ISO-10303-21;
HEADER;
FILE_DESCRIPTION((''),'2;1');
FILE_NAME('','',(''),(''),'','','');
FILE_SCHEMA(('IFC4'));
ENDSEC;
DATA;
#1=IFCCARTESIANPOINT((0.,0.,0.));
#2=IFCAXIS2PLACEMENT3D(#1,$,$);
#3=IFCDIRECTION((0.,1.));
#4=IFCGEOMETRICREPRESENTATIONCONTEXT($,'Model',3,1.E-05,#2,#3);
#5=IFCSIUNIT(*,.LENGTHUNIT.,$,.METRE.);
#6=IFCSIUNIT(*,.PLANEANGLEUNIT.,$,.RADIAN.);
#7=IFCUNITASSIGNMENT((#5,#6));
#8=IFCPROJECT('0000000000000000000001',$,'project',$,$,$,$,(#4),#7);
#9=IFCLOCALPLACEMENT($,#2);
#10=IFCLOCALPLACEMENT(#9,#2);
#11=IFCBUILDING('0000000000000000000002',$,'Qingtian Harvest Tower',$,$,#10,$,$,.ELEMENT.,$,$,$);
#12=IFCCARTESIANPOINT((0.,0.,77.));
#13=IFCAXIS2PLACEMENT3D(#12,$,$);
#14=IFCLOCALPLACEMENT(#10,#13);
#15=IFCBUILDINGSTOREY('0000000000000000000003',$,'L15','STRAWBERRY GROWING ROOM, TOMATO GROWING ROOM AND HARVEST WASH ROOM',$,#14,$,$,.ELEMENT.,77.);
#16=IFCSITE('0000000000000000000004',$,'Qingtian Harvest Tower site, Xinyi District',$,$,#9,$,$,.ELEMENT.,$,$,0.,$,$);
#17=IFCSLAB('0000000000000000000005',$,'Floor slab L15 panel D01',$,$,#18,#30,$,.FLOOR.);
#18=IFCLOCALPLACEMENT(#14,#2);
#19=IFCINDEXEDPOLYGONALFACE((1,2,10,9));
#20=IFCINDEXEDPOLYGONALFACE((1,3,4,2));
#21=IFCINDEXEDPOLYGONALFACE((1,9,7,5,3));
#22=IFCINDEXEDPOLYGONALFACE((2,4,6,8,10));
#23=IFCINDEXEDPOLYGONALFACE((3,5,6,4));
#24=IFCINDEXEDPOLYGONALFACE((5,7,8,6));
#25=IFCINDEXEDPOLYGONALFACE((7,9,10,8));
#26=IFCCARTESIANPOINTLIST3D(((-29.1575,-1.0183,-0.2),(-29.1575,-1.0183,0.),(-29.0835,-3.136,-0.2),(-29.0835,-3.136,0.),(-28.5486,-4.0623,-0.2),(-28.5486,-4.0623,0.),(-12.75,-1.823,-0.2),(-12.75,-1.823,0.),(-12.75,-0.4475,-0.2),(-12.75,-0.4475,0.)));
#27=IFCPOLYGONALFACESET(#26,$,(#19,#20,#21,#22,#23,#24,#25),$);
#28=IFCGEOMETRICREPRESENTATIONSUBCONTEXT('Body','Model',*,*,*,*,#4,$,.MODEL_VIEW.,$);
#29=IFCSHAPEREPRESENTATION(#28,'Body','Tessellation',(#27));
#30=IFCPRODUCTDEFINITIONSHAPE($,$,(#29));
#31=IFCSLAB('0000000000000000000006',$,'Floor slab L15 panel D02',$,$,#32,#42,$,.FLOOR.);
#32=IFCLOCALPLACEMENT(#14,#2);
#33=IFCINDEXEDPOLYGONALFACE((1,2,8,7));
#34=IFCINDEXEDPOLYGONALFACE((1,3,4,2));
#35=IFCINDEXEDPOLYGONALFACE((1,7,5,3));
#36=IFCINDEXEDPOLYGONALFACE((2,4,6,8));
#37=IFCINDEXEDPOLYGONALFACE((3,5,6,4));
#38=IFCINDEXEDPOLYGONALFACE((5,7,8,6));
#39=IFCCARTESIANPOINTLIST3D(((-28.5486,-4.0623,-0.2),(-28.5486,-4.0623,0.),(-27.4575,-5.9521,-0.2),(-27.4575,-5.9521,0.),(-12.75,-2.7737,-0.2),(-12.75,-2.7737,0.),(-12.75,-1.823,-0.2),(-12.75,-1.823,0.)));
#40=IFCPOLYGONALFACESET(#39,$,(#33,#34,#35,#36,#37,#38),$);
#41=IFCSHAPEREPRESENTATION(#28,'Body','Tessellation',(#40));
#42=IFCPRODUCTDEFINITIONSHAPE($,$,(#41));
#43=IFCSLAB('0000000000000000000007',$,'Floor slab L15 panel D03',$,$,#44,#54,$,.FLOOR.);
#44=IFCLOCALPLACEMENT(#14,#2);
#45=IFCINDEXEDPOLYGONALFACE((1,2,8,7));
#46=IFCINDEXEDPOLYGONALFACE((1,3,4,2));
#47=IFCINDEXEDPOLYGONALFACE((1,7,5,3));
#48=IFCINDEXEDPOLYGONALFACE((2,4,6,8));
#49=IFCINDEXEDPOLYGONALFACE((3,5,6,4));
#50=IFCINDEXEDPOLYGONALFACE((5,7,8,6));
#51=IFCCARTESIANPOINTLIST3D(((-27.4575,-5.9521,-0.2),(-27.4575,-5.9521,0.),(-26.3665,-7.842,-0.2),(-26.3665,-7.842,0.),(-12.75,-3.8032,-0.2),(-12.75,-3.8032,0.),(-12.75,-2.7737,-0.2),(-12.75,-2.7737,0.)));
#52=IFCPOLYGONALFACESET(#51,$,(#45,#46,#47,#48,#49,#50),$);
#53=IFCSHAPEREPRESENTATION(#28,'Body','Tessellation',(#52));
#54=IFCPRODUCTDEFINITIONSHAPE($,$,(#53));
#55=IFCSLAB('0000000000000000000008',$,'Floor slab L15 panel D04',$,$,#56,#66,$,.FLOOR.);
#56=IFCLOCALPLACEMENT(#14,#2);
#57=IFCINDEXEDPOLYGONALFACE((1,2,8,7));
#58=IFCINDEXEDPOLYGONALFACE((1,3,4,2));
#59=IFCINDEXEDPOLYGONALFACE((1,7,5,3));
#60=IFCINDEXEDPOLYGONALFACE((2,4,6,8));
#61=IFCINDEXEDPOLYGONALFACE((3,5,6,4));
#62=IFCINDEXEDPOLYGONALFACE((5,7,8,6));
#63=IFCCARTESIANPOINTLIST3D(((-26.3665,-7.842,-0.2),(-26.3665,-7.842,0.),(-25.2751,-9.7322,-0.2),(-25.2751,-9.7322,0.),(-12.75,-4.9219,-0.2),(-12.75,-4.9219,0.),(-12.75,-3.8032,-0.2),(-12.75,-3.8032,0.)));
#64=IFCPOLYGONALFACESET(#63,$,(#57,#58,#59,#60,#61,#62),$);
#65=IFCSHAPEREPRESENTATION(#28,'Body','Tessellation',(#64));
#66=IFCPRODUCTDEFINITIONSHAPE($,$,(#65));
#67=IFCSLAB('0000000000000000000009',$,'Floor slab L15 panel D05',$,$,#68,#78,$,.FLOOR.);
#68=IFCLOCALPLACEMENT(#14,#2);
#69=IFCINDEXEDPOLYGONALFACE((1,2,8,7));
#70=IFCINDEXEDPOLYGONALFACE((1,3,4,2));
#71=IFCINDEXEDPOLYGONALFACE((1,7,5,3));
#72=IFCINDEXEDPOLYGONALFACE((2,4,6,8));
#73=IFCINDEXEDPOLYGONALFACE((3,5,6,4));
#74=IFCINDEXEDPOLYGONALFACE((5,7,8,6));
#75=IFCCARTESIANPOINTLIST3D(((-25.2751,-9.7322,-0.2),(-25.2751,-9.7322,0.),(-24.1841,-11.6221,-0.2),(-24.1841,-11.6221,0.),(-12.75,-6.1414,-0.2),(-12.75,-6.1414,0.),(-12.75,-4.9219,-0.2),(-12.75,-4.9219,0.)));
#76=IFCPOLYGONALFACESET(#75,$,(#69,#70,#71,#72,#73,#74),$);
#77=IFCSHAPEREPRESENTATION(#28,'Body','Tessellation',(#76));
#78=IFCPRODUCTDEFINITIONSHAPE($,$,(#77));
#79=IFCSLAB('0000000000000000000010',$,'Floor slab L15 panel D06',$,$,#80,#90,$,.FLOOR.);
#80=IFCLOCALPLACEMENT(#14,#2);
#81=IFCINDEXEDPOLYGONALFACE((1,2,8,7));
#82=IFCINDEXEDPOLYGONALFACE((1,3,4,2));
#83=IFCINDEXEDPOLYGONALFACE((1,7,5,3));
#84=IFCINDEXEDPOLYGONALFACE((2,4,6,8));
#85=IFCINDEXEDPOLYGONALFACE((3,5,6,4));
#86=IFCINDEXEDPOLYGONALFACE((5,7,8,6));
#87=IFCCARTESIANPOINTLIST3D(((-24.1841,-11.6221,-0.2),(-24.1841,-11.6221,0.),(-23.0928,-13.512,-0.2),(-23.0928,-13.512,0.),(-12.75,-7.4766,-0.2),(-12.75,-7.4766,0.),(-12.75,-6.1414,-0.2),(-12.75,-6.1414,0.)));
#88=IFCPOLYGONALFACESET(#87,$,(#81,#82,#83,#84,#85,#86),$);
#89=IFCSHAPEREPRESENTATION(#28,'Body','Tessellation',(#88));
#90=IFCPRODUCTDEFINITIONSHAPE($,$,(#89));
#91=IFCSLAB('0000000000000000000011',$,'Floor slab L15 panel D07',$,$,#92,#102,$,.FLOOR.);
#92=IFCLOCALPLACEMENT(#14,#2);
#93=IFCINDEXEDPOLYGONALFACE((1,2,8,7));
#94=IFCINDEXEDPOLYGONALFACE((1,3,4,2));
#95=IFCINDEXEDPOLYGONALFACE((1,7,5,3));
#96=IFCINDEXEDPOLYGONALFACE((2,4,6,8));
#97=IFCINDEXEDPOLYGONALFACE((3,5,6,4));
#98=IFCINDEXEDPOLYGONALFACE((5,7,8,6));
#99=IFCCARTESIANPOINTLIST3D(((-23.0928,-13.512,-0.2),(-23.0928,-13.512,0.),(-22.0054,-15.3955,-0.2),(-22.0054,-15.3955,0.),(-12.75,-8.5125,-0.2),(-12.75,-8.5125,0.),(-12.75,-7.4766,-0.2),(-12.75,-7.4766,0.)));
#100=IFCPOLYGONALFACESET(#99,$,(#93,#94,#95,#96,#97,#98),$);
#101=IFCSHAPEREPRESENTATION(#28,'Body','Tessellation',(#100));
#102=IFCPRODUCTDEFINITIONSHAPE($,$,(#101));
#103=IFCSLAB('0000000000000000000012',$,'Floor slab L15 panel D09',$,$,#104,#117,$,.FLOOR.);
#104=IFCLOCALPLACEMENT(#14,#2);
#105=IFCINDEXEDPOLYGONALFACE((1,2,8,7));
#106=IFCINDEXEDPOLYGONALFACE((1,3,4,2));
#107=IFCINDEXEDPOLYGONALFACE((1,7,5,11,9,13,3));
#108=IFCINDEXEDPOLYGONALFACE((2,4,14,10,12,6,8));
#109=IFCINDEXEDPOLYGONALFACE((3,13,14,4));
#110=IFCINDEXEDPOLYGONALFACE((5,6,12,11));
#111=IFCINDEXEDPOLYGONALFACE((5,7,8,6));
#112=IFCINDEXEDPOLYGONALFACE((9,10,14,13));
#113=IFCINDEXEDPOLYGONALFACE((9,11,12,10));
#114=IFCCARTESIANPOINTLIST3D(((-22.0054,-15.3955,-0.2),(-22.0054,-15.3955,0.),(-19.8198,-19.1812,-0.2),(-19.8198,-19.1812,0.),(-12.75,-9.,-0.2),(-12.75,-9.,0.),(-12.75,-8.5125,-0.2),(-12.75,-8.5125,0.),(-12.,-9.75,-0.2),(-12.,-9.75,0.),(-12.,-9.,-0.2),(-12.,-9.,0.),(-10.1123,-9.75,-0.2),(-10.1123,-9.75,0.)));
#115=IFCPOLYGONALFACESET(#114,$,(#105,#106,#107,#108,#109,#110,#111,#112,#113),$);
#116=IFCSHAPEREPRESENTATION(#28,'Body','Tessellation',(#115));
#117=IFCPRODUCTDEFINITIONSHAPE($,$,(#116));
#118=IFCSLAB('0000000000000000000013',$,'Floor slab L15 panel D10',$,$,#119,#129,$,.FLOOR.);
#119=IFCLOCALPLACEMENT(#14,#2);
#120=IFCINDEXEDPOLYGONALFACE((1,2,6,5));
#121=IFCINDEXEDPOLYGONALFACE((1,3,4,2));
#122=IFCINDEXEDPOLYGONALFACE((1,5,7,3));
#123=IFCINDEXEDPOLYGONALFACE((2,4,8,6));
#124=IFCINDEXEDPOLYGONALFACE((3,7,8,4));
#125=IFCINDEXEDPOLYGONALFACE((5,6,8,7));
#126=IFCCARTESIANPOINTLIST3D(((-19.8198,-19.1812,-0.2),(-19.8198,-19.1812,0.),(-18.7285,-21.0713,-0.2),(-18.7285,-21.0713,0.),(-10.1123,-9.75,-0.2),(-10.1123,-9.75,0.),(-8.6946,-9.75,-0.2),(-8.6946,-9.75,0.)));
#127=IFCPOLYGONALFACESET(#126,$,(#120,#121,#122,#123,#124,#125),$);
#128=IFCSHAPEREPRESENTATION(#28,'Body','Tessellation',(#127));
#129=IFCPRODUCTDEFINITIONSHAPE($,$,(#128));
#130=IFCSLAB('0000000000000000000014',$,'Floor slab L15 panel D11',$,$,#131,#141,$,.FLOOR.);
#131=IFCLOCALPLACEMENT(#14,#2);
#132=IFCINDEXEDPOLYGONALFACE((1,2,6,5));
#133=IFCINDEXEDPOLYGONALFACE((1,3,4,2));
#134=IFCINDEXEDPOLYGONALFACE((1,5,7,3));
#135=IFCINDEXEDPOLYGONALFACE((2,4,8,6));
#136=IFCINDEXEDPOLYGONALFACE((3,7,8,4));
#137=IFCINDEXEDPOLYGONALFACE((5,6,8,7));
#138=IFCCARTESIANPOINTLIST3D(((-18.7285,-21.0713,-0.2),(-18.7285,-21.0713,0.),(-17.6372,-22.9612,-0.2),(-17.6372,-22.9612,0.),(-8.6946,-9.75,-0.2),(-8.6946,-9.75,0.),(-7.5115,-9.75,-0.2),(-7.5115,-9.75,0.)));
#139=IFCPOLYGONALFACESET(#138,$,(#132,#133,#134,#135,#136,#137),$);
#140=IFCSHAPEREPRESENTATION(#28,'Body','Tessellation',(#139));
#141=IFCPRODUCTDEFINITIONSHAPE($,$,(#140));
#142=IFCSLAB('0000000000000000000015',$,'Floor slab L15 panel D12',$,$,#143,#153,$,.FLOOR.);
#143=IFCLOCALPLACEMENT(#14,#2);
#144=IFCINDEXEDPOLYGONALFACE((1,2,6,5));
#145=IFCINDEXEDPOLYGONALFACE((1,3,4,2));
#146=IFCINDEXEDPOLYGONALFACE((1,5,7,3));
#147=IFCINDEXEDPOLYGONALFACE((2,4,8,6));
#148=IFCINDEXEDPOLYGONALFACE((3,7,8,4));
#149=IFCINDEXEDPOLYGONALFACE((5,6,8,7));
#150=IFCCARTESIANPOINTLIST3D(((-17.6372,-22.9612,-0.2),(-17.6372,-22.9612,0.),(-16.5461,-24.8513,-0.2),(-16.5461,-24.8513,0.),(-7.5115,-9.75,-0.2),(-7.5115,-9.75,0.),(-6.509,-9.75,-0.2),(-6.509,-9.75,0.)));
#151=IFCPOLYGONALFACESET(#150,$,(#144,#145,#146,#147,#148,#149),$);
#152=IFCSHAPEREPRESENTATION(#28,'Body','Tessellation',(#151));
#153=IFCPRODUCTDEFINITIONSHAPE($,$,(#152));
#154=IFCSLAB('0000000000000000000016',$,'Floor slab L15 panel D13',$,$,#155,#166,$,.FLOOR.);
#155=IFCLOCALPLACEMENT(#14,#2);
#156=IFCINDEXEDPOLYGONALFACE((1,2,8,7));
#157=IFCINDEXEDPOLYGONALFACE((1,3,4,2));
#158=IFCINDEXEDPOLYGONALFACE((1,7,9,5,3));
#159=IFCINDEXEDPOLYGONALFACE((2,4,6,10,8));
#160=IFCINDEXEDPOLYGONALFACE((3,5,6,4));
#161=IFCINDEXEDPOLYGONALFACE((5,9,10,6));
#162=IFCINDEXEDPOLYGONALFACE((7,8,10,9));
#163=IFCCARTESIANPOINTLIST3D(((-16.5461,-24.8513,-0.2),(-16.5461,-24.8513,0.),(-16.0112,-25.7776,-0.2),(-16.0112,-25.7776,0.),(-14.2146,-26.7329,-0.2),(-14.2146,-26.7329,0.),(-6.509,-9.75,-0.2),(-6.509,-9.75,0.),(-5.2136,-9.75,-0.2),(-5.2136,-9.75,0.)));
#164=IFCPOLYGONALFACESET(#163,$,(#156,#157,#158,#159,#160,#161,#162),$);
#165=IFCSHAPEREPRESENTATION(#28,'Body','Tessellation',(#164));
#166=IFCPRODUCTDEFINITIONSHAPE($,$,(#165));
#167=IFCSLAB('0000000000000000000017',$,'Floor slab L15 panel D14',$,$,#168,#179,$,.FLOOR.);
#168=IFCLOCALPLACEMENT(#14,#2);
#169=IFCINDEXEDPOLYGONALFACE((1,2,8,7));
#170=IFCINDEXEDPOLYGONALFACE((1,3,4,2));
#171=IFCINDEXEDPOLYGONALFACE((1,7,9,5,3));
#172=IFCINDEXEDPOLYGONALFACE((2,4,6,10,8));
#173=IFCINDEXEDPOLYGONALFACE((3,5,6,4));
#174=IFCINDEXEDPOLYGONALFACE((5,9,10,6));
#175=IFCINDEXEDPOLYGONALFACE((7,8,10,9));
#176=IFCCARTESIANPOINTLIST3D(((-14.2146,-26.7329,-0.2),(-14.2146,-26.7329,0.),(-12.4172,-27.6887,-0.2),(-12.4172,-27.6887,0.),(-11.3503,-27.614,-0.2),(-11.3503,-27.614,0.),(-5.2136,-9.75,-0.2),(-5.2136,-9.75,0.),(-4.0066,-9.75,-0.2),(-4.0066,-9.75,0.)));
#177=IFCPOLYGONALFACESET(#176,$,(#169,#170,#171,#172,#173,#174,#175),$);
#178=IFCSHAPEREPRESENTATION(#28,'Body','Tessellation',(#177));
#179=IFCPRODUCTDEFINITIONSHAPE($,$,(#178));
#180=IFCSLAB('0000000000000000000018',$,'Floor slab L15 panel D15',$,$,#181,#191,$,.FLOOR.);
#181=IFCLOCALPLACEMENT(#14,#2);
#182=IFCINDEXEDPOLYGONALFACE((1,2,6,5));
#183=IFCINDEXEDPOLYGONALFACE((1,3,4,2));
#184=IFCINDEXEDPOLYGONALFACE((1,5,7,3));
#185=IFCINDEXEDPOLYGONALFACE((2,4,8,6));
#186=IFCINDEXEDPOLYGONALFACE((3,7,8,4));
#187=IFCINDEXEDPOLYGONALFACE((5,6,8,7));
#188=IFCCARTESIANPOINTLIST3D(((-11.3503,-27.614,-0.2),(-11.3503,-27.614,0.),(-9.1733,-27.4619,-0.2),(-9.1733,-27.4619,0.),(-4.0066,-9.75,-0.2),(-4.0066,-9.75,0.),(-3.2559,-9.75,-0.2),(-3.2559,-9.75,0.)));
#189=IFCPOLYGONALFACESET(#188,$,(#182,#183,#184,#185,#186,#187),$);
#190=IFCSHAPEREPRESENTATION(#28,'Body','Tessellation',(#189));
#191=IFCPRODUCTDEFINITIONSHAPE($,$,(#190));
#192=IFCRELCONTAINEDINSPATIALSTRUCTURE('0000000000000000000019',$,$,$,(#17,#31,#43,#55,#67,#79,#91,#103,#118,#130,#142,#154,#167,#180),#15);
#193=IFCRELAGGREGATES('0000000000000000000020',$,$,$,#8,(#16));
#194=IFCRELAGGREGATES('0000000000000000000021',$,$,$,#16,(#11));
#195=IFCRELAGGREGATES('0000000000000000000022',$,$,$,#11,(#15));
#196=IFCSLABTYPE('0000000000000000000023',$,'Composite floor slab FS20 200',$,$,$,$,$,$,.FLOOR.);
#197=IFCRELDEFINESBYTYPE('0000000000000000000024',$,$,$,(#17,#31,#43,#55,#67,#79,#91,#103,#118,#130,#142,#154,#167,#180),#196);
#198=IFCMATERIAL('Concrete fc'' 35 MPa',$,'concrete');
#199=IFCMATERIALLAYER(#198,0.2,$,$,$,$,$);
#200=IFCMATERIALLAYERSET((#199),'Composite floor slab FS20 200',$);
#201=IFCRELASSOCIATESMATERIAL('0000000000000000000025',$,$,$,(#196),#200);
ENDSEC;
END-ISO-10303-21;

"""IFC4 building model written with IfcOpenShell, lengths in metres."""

from ifc_helpers import new_model, si_unit, direction, frame, origin, place, context, subcontext, project, spatial, polyline, outline, extrude, material, layer, layer_set, type_object, element, save


model = new_model("IFC4")

# Units and contexts
model_context = context("Model", 3, precision=1e-05, world=origin(), true_north=direction((0.0, 1.0)))
body_context = subcontext(model_context, "Body", "Model", "MODEL_VIEW")
ifc_project = project(units=[si_unit("LENGTHUNIT", "METRE"), si_unit("PLANEANGLEUNIT", "RADIAN")], contexts=[model_context])

# Site, building, storey
site_placement = place(None, origin())
site = spatial("IfcSite", under=ifc_project, at=site_placement, Name="Qingtian Harvest Tower site, Xinyi District", CompositionType="ELEMENT", RefElevation=0.0)
building_placement = place(site_placement, origin())
building = spatial("IfcBuilding", under=site, at=building_placement, Name="Qingtian Harvest Tower", CompositionType="ELEMENT")
storey_placement = place(building_placement, frame((0.0, 0.0, 77.0)))
storey = spatial("IfcBuildingStorey", under=building, at=storey_placement, Name="L15", Description="STRAWBERRY GROWING ROOM, TOMATO GROWING ROOM AND HARVEST WASH ROOM", CompositionType="ELEMENT", Elevation=77.0)

# Slabs
ifc_material_1 = material(Name="Concrete fc' 35 MPa", Category="concrete")
ifc_layer_1 = layer(ifc_material_1, 0.2)
ifc_layer_set_1 = layer_set([ifc_layer_1], Name="Composite floor slab FS20 200")
slab_type_1 = type_object("IfcSlabType", Name="Composite floor slab FS20 200", PredefinedType="FLOOR", material=ifc_layer_set_1)
slab_1_placement = place(storey_placement, frame((0.0, 0.0, -0.2)))
element("IfcSlab", 1, at=slab_1_placement, inside=storey, type_object=slab_type_1, Name="Floor slab L15 panel D01", PredefinedType="FLOOR", context=body_context, shape_type="SweptSolid", body=[
    extrude(outline(polyline([(-29.1575, -1.0183), (-12.75, -0.4475), (-12.75, -1.823), (-28.5486, -4.0623), (-29.0835, -3.136), (-29.1575, -1.0183)])), origin(), (0.0, 0.0, 1.0), 0.2),
])
slab_2_placement = place(storey_placement, frame((0.0, 0.0, -0.2)))
element("IfcSlab", 2, at=slab_2_placement, inside=storey, type_object=slab_type_1, Name="Floor slab L15 panel D02", PredefinedType="FLOOR", context=body_context, shape_type="SweptSolid", body=[
    extrude(outline(polyline([(-12.75, -2.7737), (-27.4575, -5.9521), (-28.5486, -4.0623), (-12.75, -1.823), (-12.75, -2.7737)])), origin(), (0.0, 0.0, 1.0), 0.2),
])
slab_3_placement = place(storey_placement, frame((0.0, 0.0, -0.2)))
element("IfcSlab", 3, at=slab_3_placement, inside=storey, type_object=slab_type_1, Name="Floor slab L15 panel D03", PredefinedType="FLOOR", context=body_context, shape_type="SweptSolid", body=[
    extrude(outline(polyline([(-12.75, -3.8032), (-26.3665, -7.842), (-27.4575, -5.9521), (-12.75, -2.7737), (-12.75, -3.8032)])), origin(), (0.0, 0.0, 1.0), 0.2),
])
slab_4_placement = place(storey_placement, frame((0.0, 0.0, -0.2)))
element("IfcSlab", 4, at=slab_4_placement, inside=storey, type_object=slab_type_1, Name="Floor slab L15 panel D04", PredefinedType="FLOOR", context=body_context, shape_type="SweptSolid", body=[
    extrude(outline(polyline([(-12.75, -4.9219), (-25.2751, -9.7322), (-26.3665, -7.842), (-12.75, -3.8032), (-12.75, -4.9219)])), origin(), (0.0, 0.0, 1.0), 0.2),
])
slab_5_placement = place(storey_placement, frame((0.0, 0.0, -0.2)))
element("IfcSlab", 5, at=slab_5_placement, inside=storey, type_object=slab_type_1, Name="Floor slab L15 panel D05", PredefinedType="FLOOR", context=body_context, shape_type="SweptSolid", body=[
    extrude(outline(polyline([(-12.75, -6.1414), (-24.1841, -11.6221), (-25.2751, -9.7322), (-12.75, -4.9219), (-12.75, -6.1414)])), origin(), (0.0, 0.0, 1.0), 0.2),
])
slab_6_placement = place(storey_placement, frame((0.0, 0.0, -0.2)))
element("IfcSlab", 6, at=slab_6_placement, inside=storey, type_object=slab_type_1, Name="Floor slab L15 panel D06", PredefinedType="FLOOR", context=body_context, shape_type="SweptSolid", body=[
    extrude(outline(polyline([(-12.75, -7.4766), (-23.0928, -13.512), (-24.1841, -11.6221), (-12.75, -6.1414), (-12.75, -7.4766)])), origin(), (0.0, 0.0, 1.0), 0.2),
])
slab_7_placement = place(storey_placement, frame((0.0, 0.0, -0.2)))
element("IfcSlab", 7, at=slab_7_placement, inside=storey, type_object=slab_type_1, Name="Floor slab L15 panel D07", PredefinedType="FLOOR", context=body_context, shape_type="SweptSolid", body=[
    extrude(outline(polyline([(-12.75, -8.5125), (-22.0054, -15.3955), (-23.0928, -13.512), (-12.75, -7.4766), (-12.75, -8.5125)])), origin(), (0.0, 0.0, 1.0), 0.2),
])
slab_8_placement = place(storey_placement, frame((0.0, 0.0, -0.2)))
element("IfcSlab", 8, at=slab_8_placement, inside=storey, type_object=slab_type_1, Name="Floor slab L15 panel D09", PredefinedType="FLOOR", context=body_context, shape_type="SweptSolid", body=[
    extrude(outline(polyline([(-19.8198, -19.1812), (-22.0054, -15.3955), (-12.75, -8.5125), (-12.75, -9.0), (-12.0, -9.0), (-12.0, -9.75), (-10.1123, -9.75), (-19.8198, -19.1812)])), origin(), (0.0, 0.0, 1.0), 0.2),
])
slab_9_placement = place(storey_placement, frame((0.0, 0.0, -0.2)))
element("IfcSlab", 9, at=slab_9_placement, inside=storey, type_object=slab_type_1, Name="Floor slab L15 panel D10", PredefinedType="FLOOR", context=body_context, shape_type="SweptSolid", body=[
    extrude(outline(polyline([(-8.6946, -9.75), (-18.7285, -21.0713), (-19.8198, -19.1812), (-10.1123, -9.75), (-8.6946, -9.75)])), origin(), (0.0, 0.0, 1.0), 0.2),
])
slab_10_placement = place(storey_placement, frame((0.0, 0.0, -0.2)))
element("IfcSlab", 10, at=slab_10_placement, inside=storey, type_object=slab_type_1, Name="Floor slab L15 panel D11", PredefinedType="FLOOR", context=body_context, shape_type="SweptSolid", body=[
    extrude(outline(polyline([(-7.5115, -9.75), (-17.6372, -22.9612), (-18.7285, -21.0713), (-8.6946, -9.75), (-7.5115, -9.75)])), origin(), (0.0, 0.0, 1.0), 0.2),
])
slab_11_placement = place(storey_placement, frame((0.0, 0.0, -0.2)))
element("IfcSlab", 11, at=slab_11_placement, inside=storey, type_object=slab_type_1, Name="Floor slab L15 panel D12", PredefinedType="FLOOR", context=body_context, shape_type="SweptSolid", body=[
    extrude(outline(polyline([(-6.509, -9.75), (-16.5461, -24.8513), (-17.6372, -22.9612), (-7.5115, -9.75), (-6.509, -9.75)])), origin(), (0.0, 0.0, 1.0), 0.2),
])
slab_12_placement = place(storey_placement, frame((0.0, 0.0, -0.2)))
element("IfcSlab", 12, at=slab_12_placement, inside=storey, type_object=slab_type_1, Name="Floor slab L15 panel D13", PredefinedType="FLOOR", context=body_context, shape_type="SweptSolid", body=[
    extrude(outline(polyline([(-6.509, -9.75), (-5.2136, -9.75), (-14.2146, -26.7329), (-16.0112, -25.7776), (-16.5461, -24.8513), (-6.509, -9.75)])), origin(), (0.0, 0.0, 1.0), 0.2),
])
slab_13_placement = place(storey_placement, frame((0.0, 0.0, -0.2)))
element("IfcSlab", 13, at=slab_13_placement, inside=storey, type_object=slab_type_1, Name="Floor slab L15 panel D14", PredefinedType="FLOOR", context=body_context, shape_type="SweptSolid", body=[
    extrude(outline(polyline([(-5.2136, -9.75), (-4.0066, -9.75), (-11.3503, -27.614), (-12.4172, -27.6887), (-14.2146, -26.7329), (-5.2136, -9.75)])), origin(), (0.0, 0.0, 1.0), 0.2),
])
slab_14_placement = place(storey_placement, frame((0.0, 0.0, -0.2)))
element("IfcSlab", 14, at=slab_14_placement, inside=storey, type_object=slab_type_1, Name="Floor slab L15 panel D15", PredefinedType="FLOOR", context=body_context, shape_type="SweptSolid", body=[
    extrude(outline(polyline([(-3.2559, -9.75), (-9.1733, -27.4619), (-11.3503, -27.614), (-4.0066, -9.75), (-3.2559, -9.75)])), origin(), (0.0, 0.0, 1.0), 0.2),
])

save(model, "model.ifc")
